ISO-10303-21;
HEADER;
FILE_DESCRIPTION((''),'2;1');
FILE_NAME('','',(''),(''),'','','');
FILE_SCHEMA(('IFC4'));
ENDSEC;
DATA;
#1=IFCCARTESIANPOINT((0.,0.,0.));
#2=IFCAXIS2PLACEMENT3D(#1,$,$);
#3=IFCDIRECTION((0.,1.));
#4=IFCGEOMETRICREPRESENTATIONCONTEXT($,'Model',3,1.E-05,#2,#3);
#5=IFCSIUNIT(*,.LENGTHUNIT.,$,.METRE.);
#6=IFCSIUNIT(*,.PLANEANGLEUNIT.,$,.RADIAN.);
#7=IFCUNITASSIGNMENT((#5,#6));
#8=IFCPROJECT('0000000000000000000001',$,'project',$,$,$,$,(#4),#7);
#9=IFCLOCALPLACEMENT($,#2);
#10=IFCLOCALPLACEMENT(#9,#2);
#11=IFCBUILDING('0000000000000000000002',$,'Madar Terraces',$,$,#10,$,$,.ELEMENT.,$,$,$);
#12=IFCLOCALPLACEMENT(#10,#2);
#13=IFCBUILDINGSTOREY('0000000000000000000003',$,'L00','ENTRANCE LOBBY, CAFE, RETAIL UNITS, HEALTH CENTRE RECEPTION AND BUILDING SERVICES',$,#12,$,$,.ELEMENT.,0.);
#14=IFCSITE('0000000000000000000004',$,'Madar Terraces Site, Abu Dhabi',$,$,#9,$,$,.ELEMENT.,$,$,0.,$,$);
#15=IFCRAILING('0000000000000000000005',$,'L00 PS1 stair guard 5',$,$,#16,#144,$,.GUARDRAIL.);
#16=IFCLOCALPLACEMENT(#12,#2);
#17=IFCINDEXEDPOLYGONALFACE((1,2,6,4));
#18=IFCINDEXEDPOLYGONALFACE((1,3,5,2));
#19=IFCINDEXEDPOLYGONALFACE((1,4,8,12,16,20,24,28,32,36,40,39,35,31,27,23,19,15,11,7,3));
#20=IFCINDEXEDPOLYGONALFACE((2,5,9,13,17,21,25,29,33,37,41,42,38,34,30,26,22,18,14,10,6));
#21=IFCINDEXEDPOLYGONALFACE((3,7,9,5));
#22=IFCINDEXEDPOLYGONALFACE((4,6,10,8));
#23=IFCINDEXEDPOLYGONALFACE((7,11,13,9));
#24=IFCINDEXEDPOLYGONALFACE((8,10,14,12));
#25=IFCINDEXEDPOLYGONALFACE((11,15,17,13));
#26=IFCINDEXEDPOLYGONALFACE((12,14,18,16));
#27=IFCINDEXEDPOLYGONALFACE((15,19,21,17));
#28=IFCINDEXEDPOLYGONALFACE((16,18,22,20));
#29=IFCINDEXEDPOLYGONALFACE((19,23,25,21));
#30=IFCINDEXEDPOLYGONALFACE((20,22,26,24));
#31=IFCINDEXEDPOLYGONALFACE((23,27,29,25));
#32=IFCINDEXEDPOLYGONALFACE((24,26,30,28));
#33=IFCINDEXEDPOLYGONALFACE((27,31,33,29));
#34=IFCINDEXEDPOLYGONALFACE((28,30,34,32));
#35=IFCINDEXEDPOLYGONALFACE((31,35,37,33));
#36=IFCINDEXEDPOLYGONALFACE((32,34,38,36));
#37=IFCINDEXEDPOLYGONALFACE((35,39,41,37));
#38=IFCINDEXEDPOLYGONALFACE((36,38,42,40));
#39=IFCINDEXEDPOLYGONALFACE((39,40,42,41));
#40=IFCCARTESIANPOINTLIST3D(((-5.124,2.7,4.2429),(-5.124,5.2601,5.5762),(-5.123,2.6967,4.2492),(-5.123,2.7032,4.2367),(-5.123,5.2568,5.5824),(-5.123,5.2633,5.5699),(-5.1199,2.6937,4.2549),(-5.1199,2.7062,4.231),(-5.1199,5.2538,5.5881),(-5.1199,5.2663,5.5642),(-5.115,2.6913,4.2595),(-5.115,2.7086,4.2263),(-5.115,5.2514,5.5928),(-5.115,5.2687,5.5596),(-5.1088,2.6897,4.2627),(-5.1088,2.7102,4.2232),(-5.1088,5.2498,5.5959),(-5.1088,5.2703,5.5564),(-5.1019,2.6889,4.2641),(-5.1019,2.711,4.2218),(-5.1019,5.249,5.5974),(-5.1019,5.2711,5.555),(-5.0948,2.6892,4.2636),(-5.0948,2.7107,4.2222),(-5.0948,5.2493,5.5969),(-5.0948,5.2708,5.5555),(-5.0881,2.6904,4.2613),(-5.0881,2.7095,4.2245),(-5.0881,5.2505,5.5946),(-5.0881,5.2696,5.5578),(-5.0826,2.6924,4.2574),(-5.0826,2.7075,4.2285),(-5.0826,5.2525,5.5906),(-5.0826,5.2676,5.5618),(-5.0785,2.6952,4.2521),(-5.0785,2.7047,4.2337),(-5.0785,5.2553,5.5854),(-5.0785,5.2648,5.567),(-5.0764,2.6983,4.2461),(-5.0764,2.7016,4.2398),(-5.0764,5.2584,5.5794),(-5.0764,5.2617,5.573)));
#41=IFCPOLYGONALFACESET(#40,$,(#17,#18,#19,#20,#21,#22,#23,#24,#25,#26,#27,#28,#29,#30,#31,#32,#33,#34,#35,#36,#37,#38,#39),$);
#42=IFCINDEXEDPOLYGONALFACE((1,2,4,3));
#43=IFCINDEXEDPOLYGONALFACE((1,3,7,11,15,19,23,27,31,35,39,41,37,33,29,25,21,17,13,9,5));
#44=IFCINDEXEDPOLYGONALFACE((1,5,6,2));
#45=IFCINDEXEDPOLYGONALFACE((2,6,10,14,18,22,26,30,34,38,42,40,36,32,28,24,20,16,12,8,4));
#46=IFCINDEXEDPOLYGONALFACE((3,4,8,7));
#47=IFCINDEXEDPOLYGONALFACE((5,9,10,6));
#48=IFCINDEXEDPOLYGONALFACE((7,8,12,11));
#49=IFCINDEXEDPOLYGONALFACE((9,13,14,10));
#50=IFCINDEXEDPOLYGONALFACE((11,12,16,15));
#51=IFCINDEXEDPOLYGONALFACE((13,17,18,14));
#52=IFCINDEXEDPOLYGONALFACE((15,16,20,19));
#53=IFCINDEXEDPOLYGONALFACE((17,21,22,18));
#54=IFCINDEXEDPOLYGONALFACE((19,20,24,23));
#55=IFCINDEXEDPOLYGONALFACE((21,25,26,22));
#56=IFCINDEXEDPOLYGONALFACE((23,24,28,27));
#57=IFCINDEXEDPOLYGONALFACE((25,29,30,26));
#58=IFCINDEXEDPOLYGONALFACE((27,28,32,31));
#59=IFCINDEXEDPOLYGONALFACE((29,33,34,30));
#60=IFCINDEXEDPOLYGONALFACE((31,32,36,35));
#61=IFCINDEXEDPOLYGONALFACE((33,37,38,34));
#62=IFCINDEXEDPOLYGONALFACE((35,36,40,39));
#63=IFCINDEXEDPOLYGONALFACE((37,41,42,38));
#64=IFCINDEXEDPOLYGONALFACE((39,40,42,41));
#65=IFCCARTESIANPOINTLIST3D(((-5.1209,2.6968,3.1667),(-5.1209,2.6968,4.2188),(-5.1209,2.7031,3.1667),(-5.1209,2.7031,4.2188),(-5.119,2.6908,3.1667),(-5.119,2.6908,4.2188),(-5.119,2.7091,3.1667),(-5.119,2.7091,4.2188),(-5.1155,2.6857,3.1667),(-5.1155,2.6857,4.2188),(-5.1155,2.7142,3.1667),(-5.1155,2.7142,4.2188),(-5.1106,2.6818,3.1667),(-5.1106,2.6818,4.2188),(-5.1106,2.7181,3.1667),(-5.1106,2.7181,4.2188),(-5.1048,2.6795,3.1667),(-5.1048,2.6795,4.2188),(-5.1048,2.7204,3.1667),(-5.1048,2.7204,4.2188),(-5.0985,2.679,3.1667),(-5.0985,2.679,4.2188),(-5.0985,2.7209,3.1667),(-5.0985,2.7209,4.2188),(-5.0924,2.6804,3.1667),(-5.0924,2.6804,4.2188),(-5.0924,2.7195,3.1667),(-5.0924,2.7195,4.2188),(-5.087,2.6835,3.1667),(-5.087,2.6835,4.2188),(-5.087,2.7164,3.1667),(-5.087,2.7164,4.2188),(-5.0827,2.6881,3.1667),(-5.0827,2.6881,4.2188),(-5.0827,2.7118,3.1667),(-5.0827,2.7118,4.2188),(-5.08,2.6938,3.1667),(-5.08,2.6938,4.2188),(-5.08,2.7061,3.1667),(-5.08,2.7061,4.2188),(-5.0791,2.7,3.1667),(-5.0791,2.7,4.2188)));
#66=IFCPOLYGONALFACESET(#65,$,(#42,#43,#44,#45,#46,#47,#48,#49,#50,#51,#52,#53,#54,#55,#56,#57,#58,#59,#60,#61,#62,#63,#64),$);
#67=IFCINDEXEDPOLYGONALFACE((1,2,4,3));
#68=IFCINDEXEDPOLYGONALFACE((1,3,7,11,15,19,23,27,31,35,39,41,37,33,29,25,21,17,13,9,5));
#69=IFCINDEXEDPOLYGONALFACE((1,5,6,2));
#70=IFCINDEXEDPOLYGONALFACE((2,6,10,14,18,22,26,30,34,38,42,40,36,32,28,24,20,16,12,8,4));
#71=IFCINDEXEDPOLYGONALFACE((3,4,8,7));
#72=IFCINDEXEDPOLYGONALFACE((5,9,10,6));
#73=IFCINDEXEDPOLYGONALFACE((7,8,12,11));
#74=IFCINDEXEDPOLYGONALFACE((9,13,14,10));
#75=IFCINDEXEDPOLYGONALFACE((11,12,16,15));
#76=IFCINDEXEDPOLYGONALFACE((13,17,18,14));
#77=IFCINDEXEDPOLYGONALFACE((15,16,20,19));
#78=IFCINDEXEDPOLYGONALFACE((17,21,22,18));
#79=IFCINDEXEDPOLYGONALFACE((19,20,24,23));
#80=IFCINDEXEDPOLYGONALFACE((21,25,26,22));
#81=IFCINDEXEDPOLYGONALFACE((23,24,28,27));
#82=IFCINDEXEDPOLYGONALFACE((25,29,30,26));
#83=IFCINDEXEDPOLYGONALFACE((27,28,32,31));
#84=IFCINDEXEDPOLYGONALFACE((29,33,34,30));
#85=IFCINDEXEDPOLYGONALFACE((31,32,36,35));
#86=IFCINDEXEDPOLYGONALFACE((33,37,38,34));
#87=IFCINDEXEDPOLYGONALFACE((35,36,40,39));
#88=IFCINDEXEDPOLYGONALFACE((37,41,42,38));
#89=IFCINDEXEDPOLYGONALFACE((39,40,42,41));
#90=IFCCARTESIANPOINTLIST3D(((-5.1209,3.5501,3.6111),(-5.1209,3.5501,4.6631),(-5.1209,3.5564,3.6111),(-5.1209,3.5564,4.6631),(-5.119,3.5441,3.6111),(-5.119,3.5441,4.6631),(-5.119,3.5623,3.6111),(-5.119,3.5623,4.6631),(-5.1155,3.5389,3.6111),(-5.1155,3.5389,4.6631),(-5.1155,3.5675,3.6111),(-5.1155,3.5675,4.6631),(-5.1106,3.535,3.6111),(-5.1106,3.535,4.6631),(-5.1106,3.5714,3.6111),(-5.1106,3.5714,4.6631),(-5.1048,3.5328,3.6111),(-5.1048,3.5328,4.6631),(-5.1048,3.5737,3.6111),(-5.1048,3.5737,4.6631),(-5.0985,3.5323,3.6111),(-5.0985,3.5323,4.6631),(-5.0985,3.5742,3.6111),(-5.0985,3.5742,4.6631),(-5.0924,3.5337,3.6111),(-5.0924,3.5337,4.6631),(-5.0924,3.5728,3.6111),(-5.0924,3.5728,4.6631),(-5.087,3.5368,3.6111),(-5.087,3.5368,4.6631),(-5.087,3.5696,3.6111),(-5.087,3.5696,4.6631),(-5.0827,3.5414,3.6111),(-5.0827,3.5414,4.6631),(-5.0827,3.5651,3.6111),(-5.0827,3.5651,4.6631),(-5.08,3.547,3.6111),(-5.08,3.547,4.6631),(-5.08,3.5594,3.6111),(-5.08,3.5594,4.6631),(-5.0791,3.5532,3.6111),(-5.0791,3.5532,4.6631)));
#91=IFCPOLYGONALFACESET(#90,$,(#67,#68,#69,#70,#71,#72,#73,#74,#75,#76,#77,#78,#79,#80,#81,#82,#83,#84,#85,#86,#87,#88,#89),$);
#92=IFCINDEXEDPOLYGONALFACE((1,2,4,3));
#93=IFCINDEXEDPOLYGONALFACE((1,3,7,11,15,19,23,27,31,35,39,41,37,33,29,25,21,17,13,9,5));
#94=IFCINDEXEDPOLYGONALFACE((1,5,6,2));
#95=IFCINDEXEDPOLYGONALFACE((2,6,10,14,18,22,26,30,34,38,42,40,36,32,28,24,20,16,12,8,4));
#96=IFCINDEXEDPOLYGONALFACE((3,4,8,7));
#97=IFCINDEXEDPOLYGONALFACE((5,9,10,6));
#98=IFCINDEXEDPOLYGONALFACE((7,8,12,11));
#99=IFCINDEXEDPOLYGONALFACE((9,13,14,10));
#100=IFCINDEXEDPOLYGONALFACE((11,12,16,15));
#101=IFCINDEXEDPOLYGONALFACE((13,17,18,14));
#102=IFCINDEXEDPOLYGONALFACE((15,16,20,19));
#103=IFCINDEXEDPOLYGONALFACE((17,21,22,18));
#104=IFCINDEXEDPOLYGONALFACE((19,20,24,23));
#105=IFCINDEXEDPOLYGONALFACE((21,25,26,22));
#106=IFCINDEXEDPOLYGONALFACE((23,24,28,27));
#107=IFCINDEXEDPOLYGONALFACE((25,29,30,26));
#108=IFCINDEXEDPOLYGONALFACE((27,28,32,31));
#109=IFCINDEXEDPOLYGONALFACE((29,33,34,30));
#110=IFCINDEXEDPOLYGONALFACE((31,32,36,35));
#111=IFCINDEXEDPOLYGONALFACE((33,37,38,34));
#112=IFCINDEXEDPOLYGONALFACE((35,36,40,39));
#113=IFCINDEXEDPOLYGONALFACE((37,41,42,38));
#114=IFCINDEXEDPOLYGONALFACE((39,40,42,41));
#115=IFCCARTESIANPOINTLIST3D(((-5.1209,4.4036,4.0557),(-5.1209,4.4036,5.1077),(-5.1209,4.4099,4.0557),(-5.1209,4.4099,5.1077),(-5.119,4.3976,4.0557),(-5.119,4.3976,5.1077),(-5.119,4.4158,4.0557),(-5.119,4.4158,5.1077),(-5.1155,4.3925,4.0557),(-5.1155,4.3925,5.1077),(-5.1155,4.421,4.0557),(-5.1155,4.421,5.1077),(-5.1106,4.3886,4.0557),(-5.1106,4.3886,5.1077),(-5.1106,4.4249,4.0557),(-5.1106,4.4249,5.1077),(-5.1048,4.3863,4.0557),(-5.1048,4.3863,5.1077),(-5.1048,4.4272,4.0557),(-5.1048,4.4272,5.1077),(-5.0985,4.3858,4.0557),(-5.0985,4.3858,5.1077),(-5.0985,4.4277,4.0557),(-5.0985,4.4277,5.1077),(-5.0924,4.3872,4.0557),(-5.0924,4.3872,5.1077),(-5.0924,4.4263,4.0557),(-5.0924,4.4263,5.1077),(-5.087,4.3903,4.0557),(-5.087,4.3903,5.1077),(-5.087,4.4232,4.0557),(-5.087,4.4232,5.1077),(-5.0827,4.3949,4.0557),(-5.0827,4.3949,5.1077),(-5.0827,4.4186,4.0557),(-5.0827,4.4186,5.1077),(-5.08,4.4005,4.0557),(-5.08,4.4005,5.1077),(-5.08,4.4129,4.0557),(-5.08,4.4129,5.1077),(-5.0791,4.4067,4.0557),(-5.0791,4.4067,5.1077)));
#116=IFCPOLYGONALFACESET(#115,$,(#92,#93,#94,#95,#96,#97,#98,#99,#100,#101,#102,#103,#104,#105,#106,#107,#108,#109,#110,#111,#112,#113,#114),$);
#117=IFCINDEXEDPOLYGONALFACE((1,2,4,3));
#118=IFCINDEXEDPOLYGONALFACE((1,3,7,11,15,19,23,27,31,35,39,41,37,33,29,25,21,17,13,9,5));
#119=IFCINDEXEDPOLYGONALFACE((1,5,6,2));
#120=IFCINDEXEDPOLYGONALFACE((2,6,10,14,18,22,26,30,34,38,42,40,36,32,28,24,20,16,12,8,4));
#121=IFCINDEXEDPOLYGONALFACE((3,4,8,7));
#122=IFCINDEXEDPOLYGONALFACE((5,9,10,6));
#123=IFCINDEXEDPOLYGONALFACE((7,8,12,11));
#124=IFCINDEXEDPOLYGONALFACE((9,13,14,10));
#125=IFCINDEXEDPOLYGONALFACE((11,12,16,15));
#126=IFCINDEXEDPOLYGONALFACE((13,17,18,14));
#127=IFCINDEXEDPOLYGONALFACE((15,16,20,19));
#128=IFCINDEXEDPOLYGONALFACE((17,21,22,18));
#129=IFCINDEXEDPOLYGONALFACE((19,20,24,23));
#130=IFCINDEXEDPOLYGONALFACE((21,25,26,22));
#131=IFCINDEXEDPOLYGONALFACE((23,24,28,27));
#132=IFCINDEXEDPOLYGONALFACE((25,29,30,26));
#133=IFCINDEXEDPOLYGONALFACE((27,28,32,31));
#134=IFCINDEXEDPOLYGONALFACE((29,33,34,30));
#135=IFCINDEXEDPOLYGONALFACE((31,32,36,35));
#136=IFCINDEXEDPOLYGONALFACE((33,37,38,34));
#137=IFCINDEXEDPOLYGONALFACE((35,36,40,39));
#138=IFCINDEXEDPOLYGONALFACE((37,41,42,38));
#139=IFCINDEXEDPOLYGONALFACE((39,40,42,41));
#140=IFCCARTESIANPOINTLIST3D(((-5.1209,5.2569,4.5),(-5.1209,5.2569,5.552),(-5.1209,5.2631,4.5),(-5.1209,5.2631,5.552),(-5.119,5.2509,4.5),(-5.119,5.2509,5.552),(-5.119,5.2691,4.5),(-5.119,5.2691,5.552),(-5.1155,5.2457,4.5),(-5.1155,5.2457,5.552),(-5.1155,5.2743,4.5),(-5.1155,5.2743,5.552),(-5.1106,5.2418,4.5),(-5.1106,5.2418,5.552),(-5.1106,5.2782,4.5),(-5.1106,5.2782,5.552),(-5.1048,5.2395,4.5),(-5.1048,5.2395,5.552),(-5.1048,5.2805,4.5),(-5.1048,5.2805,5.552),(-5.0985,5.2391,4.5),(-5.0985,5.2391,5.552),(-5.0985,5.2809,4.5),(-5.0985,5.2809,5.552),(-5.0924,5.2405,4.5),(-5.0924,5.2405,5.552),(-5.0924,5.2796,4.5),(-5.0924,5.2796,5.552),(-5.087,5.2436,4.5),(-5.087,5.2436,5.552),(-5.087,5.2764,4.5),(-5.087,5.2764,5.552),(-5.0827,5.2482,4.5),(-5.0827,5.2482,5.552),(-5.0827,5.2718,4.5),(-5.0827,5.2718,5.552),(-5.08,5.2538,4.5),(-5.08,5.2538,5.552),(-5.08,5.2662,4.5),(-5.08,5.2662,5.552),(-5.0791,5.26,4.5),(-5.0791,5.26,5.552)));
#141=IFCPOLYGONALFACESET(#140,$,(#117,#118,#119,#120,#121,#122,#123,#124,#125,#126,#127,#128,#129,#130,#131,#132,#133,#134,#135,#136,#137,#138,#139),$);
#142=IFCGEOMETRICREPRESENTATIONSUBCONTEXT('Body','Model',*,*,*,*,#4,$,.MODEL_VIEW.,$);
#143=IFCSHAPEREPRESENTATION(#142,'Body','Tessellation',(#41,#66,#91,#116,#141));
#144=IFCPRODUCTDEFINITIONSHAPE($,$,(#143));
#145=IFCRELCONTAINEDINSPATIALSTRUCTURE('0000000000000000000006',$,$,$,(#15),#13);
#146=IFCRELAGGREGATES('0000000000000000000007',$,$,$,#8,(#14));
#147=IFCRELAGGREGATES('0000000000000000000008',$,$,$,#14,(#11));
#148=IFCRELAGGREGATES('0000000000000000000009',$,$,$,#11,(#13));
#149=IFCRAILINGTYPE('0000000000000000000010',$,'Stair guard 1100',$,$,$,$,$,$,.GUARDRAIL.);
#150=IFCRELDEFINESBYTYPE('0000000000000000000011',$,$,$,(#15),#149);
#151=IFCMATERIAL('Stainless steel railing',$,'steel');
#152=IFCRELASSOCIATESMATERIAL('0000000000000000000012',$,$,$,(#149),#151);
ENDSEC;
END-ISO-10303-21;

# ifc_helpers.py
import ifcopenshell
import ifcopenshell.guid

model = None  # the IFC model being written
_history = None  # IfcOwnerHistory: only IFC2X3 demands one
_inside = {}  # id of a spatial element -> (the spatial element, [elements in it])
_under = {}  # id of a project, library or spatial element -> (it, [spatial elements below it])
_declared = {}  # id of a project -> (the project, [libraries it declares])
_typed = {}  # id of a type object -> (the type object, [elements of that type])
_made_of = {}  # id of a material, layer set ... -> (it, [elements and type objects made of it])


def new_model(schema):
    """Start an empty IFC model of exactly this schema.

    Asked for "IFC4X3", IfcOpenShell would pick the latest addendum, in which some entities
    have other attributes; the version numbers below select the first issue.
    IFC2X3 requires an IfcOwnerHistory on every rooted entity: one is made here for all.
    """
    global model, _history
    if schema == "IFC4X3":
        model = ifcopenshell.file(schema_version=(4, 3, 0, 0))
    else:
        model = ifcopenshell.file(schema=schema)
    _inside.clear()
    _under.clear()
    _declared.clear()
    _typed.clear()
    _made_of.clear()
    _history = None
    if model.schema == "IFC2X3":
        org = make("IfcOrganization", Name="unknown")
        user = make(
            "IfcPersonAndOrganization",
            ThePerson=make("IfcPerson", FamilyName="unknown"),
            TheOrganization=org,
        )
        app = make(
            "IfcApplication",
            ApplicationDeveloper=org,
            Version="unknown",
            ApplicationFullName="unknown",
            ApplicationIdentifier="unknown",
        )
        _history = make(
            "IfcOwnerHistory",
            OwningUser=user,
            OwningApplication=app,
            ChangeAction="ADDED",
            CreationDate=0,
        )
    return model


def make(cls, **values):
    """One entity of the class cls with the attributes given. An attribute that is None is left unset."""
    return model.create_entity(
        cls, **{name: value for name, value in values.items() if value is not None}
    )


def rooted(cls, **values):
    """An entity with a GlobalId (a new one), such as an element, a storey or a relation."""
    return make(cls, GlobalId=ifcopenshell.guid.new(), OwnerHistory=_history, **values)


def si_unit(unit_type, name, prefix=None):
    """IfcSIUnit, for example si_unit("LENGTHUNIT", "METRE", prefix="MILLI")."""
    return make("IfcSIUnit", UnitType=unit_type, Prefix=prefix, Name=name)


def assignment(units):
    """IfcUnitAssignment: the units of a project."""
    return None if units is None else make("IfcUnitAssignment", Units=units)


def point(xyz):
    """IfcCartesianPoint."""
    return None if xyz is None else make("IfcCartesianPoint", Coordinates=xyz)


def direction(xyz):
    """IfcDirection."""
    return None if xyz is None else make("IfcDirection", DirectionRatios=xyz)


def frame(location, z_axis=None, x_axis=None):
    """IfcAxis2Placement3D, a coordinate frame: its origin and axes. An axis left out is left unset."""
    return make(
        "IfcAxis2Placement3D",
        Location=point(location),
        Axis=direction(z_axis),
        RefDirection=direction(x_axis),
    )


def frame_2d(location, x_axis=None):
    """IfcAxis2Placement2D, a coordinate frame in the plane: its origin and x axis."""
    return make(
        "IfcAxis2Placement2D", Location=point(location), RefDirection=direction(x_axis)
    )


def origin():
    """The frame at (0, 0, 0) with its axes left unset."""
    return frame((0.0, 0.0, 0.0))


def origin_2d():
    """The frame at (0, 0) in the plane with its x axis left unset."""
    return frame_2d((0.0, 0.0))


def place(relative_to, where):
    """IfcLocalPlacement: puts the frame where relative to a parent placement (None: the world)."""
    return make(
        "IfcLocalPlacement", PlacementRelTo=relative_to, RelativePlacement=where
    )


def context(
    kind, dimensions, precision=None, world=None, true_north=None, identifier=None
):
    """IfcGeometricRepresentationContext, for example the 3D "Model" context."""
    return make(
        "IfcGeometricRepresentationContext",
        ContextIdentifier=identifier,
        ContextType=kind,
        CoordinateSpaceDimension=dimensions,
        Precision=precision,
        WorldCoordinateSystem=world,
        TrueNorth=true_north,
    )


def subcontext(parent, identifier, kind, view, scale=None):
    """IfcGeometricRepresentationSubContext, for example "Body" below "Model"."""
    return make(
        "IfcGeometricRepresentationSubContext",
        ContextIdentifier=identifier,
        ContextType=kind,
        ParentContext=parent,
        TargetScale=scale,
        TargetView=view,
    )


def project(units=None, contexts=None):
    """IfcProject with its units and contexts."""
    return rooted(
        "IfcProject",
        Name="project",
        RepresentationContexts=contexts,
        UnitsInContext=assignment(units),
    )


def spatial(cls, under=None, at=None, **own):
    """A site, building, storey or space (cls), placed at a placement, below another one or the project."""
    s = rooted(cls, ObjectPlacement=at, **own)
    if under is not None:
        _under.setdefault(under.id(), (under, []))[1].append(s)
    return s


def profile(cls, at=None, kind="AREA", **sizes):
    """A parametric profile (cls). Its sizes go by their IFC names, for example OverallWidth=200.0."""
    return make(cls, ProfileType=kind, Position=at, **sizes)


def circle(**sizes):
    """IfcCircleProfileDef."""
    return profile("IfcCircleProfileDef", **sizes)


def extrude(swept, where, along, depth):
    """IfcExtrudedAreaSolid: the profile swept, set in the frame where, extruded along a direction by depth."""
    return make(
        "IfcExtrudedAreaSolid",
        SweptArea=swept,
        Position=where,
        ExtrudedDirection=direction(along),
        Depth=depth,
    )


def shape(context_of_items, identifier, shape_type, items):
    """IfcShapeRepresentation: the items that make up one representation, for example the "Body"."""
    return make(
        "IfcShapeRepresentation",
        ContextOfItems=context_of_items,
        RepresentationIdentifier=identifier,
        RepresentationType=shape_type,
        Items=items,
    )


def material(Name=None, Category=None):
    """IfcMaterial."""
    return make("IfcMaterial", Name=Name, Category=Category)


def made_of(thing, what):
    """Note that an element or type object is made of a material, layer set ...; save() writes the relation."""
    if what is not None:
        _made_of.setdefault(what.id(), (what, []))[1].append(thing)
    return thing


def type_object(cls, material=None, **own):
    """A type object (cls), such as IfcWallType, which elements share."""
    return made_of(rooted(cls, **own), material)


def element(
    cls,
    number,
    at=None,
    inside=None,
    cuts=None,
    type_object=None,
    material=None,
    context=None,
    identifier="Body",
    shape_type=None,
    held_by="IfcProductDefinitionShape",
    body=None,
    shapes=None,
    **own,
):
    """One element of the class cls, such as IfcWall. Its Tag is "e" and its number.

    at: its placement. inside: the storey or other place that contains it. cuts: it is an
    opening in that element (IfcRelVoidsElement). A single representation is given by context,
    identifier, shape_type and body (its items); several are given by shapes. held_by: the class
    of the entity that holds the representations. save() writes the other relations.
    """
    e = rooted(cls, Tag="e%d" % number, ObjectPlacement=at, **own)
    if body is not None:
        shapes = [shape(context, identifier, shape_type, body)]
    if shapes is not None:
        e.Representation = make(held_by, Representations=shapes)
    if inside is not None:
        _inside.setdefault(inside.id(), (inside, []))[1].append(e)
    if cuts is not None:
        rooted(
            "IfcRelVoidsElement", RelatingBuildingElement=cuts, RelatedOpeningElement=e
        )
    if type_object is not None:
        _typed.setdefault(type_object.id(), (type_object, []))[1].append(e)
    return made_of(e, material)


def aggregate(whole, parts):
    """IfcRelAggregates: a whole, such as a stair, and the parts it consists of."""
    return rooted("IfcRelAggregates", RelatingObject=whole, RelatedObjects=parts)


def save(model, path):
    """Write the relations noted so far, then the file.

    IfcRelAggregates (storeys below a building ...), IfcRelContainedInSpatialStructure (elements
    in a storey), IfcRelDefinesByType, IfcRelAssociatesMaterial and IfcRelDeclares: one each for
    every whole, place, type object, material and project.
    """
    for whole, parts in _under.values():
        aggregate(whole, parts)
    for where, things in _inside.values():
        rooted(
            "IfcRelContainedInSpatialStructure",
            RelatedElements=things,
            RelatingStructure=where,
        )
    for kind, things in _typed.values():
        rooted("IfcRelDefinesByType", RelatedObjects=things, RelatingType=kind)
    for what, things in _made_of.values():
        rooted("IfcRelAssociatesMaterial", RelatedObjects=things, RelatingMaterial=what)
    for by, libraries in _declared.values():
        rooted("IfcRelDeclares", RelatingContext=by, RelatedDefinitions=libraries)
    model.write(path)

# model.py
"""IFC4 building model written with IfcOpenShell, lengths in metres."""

from ifc_helpers import new_model, si_unit, direction, frame, origin, origin_2d, place, context, subcontext, project, spatial, circle, extrude, material, type_object, element, save


model = new_model("IFC4")

# Units and contexts
model_context = context("Model", 3, precision=1e-05, world=origin(), true_north=direction((0.0, 1.0)))
body_context = subcontext(model_context, "Body", "Model", "MODEL_VIEW")
ifc_project = project(units=[si_unit("LENGTHUNIT", "METRE"), si_unit("PLANEANGLEUNIT", "RADIAN")], contexts=[model_context])

# Site, building, storey
site_placement = place(None, origin())
site = spatial("IfcSite", under=ifc_project, at=site_placement, Name="Madar Terraces Site, Abu Dhabi", CompositionType="ELEMENT", RefElevation=0.0)
building_placement = place(site_placement, origin())
building = spatial("IfcBuilding", under=site, at=building_placement, Name="Madar Terraces", CompositionType="ELEMENT")
storey_placement = place(building_placement, origin())
storey = spatial("IfcBuildingStorey", under=building, at=storey_placement, Name="L00", Description="ENTRANCE LOBBY, CAFE, RETAIL UNITS, HEALTH CENTRE RECEPTION AND BUILDING SERVICES", CompositionType="ELEMENT", Elevation=0.0)

# Railing
ifc_material_1 = material(Name="Stainless steel railing", Category="steel")
railing_type_1 = type_object("IfcRailingType", Name="Stair guard 1100", PredefinedType="GUARDRAIL", material=ifc_material_1)
railing_1_placement = place(storey_placement, frame((-5.1001, 2.7, 3.1667)))
element("IfcRailing", 1, at=railing_1_placement, inside=storey, type_object=railing_type_1, Name="L00 PS1 stair guard 5", PredefinedType="GUARDRAIL", context=body_context, shape_type="SweptSolid", body=[
    extrude(circle(Radius=0.0239, at=origin_2d()), frame((0.0, 0.0, 1.0762), z_axis=(0.0, 0.88693, 0.461904), x_axis=(-1.0, 0.0, 0.0)), (0.0, 0.0, 1.0), 2.8865),
    extrude(circle(Radius=0.021, at=origin_2d()), origin(), (0.0, 0.0, 1.0), 1.052),
    extrude(circle(Radius=0.021, at=origin_2d()), frame((0.0, 0.8533, 0.4443)), (0.0, 0.0, 1.0), 1.052),
    extrude(circle(Radius=0.021, at=origin_2d()), frame((0.0, 1.7068, 0.8889)), (0.0, 0.0, 1.0), 1.052),
    extrude(circle(Radius=0.021, at=origin_2d()), frame((0.0, 2.5601, 1.3333)), (0.0, 0.0, 1.0), 1.052),
])

save(model, "model.ifc")
